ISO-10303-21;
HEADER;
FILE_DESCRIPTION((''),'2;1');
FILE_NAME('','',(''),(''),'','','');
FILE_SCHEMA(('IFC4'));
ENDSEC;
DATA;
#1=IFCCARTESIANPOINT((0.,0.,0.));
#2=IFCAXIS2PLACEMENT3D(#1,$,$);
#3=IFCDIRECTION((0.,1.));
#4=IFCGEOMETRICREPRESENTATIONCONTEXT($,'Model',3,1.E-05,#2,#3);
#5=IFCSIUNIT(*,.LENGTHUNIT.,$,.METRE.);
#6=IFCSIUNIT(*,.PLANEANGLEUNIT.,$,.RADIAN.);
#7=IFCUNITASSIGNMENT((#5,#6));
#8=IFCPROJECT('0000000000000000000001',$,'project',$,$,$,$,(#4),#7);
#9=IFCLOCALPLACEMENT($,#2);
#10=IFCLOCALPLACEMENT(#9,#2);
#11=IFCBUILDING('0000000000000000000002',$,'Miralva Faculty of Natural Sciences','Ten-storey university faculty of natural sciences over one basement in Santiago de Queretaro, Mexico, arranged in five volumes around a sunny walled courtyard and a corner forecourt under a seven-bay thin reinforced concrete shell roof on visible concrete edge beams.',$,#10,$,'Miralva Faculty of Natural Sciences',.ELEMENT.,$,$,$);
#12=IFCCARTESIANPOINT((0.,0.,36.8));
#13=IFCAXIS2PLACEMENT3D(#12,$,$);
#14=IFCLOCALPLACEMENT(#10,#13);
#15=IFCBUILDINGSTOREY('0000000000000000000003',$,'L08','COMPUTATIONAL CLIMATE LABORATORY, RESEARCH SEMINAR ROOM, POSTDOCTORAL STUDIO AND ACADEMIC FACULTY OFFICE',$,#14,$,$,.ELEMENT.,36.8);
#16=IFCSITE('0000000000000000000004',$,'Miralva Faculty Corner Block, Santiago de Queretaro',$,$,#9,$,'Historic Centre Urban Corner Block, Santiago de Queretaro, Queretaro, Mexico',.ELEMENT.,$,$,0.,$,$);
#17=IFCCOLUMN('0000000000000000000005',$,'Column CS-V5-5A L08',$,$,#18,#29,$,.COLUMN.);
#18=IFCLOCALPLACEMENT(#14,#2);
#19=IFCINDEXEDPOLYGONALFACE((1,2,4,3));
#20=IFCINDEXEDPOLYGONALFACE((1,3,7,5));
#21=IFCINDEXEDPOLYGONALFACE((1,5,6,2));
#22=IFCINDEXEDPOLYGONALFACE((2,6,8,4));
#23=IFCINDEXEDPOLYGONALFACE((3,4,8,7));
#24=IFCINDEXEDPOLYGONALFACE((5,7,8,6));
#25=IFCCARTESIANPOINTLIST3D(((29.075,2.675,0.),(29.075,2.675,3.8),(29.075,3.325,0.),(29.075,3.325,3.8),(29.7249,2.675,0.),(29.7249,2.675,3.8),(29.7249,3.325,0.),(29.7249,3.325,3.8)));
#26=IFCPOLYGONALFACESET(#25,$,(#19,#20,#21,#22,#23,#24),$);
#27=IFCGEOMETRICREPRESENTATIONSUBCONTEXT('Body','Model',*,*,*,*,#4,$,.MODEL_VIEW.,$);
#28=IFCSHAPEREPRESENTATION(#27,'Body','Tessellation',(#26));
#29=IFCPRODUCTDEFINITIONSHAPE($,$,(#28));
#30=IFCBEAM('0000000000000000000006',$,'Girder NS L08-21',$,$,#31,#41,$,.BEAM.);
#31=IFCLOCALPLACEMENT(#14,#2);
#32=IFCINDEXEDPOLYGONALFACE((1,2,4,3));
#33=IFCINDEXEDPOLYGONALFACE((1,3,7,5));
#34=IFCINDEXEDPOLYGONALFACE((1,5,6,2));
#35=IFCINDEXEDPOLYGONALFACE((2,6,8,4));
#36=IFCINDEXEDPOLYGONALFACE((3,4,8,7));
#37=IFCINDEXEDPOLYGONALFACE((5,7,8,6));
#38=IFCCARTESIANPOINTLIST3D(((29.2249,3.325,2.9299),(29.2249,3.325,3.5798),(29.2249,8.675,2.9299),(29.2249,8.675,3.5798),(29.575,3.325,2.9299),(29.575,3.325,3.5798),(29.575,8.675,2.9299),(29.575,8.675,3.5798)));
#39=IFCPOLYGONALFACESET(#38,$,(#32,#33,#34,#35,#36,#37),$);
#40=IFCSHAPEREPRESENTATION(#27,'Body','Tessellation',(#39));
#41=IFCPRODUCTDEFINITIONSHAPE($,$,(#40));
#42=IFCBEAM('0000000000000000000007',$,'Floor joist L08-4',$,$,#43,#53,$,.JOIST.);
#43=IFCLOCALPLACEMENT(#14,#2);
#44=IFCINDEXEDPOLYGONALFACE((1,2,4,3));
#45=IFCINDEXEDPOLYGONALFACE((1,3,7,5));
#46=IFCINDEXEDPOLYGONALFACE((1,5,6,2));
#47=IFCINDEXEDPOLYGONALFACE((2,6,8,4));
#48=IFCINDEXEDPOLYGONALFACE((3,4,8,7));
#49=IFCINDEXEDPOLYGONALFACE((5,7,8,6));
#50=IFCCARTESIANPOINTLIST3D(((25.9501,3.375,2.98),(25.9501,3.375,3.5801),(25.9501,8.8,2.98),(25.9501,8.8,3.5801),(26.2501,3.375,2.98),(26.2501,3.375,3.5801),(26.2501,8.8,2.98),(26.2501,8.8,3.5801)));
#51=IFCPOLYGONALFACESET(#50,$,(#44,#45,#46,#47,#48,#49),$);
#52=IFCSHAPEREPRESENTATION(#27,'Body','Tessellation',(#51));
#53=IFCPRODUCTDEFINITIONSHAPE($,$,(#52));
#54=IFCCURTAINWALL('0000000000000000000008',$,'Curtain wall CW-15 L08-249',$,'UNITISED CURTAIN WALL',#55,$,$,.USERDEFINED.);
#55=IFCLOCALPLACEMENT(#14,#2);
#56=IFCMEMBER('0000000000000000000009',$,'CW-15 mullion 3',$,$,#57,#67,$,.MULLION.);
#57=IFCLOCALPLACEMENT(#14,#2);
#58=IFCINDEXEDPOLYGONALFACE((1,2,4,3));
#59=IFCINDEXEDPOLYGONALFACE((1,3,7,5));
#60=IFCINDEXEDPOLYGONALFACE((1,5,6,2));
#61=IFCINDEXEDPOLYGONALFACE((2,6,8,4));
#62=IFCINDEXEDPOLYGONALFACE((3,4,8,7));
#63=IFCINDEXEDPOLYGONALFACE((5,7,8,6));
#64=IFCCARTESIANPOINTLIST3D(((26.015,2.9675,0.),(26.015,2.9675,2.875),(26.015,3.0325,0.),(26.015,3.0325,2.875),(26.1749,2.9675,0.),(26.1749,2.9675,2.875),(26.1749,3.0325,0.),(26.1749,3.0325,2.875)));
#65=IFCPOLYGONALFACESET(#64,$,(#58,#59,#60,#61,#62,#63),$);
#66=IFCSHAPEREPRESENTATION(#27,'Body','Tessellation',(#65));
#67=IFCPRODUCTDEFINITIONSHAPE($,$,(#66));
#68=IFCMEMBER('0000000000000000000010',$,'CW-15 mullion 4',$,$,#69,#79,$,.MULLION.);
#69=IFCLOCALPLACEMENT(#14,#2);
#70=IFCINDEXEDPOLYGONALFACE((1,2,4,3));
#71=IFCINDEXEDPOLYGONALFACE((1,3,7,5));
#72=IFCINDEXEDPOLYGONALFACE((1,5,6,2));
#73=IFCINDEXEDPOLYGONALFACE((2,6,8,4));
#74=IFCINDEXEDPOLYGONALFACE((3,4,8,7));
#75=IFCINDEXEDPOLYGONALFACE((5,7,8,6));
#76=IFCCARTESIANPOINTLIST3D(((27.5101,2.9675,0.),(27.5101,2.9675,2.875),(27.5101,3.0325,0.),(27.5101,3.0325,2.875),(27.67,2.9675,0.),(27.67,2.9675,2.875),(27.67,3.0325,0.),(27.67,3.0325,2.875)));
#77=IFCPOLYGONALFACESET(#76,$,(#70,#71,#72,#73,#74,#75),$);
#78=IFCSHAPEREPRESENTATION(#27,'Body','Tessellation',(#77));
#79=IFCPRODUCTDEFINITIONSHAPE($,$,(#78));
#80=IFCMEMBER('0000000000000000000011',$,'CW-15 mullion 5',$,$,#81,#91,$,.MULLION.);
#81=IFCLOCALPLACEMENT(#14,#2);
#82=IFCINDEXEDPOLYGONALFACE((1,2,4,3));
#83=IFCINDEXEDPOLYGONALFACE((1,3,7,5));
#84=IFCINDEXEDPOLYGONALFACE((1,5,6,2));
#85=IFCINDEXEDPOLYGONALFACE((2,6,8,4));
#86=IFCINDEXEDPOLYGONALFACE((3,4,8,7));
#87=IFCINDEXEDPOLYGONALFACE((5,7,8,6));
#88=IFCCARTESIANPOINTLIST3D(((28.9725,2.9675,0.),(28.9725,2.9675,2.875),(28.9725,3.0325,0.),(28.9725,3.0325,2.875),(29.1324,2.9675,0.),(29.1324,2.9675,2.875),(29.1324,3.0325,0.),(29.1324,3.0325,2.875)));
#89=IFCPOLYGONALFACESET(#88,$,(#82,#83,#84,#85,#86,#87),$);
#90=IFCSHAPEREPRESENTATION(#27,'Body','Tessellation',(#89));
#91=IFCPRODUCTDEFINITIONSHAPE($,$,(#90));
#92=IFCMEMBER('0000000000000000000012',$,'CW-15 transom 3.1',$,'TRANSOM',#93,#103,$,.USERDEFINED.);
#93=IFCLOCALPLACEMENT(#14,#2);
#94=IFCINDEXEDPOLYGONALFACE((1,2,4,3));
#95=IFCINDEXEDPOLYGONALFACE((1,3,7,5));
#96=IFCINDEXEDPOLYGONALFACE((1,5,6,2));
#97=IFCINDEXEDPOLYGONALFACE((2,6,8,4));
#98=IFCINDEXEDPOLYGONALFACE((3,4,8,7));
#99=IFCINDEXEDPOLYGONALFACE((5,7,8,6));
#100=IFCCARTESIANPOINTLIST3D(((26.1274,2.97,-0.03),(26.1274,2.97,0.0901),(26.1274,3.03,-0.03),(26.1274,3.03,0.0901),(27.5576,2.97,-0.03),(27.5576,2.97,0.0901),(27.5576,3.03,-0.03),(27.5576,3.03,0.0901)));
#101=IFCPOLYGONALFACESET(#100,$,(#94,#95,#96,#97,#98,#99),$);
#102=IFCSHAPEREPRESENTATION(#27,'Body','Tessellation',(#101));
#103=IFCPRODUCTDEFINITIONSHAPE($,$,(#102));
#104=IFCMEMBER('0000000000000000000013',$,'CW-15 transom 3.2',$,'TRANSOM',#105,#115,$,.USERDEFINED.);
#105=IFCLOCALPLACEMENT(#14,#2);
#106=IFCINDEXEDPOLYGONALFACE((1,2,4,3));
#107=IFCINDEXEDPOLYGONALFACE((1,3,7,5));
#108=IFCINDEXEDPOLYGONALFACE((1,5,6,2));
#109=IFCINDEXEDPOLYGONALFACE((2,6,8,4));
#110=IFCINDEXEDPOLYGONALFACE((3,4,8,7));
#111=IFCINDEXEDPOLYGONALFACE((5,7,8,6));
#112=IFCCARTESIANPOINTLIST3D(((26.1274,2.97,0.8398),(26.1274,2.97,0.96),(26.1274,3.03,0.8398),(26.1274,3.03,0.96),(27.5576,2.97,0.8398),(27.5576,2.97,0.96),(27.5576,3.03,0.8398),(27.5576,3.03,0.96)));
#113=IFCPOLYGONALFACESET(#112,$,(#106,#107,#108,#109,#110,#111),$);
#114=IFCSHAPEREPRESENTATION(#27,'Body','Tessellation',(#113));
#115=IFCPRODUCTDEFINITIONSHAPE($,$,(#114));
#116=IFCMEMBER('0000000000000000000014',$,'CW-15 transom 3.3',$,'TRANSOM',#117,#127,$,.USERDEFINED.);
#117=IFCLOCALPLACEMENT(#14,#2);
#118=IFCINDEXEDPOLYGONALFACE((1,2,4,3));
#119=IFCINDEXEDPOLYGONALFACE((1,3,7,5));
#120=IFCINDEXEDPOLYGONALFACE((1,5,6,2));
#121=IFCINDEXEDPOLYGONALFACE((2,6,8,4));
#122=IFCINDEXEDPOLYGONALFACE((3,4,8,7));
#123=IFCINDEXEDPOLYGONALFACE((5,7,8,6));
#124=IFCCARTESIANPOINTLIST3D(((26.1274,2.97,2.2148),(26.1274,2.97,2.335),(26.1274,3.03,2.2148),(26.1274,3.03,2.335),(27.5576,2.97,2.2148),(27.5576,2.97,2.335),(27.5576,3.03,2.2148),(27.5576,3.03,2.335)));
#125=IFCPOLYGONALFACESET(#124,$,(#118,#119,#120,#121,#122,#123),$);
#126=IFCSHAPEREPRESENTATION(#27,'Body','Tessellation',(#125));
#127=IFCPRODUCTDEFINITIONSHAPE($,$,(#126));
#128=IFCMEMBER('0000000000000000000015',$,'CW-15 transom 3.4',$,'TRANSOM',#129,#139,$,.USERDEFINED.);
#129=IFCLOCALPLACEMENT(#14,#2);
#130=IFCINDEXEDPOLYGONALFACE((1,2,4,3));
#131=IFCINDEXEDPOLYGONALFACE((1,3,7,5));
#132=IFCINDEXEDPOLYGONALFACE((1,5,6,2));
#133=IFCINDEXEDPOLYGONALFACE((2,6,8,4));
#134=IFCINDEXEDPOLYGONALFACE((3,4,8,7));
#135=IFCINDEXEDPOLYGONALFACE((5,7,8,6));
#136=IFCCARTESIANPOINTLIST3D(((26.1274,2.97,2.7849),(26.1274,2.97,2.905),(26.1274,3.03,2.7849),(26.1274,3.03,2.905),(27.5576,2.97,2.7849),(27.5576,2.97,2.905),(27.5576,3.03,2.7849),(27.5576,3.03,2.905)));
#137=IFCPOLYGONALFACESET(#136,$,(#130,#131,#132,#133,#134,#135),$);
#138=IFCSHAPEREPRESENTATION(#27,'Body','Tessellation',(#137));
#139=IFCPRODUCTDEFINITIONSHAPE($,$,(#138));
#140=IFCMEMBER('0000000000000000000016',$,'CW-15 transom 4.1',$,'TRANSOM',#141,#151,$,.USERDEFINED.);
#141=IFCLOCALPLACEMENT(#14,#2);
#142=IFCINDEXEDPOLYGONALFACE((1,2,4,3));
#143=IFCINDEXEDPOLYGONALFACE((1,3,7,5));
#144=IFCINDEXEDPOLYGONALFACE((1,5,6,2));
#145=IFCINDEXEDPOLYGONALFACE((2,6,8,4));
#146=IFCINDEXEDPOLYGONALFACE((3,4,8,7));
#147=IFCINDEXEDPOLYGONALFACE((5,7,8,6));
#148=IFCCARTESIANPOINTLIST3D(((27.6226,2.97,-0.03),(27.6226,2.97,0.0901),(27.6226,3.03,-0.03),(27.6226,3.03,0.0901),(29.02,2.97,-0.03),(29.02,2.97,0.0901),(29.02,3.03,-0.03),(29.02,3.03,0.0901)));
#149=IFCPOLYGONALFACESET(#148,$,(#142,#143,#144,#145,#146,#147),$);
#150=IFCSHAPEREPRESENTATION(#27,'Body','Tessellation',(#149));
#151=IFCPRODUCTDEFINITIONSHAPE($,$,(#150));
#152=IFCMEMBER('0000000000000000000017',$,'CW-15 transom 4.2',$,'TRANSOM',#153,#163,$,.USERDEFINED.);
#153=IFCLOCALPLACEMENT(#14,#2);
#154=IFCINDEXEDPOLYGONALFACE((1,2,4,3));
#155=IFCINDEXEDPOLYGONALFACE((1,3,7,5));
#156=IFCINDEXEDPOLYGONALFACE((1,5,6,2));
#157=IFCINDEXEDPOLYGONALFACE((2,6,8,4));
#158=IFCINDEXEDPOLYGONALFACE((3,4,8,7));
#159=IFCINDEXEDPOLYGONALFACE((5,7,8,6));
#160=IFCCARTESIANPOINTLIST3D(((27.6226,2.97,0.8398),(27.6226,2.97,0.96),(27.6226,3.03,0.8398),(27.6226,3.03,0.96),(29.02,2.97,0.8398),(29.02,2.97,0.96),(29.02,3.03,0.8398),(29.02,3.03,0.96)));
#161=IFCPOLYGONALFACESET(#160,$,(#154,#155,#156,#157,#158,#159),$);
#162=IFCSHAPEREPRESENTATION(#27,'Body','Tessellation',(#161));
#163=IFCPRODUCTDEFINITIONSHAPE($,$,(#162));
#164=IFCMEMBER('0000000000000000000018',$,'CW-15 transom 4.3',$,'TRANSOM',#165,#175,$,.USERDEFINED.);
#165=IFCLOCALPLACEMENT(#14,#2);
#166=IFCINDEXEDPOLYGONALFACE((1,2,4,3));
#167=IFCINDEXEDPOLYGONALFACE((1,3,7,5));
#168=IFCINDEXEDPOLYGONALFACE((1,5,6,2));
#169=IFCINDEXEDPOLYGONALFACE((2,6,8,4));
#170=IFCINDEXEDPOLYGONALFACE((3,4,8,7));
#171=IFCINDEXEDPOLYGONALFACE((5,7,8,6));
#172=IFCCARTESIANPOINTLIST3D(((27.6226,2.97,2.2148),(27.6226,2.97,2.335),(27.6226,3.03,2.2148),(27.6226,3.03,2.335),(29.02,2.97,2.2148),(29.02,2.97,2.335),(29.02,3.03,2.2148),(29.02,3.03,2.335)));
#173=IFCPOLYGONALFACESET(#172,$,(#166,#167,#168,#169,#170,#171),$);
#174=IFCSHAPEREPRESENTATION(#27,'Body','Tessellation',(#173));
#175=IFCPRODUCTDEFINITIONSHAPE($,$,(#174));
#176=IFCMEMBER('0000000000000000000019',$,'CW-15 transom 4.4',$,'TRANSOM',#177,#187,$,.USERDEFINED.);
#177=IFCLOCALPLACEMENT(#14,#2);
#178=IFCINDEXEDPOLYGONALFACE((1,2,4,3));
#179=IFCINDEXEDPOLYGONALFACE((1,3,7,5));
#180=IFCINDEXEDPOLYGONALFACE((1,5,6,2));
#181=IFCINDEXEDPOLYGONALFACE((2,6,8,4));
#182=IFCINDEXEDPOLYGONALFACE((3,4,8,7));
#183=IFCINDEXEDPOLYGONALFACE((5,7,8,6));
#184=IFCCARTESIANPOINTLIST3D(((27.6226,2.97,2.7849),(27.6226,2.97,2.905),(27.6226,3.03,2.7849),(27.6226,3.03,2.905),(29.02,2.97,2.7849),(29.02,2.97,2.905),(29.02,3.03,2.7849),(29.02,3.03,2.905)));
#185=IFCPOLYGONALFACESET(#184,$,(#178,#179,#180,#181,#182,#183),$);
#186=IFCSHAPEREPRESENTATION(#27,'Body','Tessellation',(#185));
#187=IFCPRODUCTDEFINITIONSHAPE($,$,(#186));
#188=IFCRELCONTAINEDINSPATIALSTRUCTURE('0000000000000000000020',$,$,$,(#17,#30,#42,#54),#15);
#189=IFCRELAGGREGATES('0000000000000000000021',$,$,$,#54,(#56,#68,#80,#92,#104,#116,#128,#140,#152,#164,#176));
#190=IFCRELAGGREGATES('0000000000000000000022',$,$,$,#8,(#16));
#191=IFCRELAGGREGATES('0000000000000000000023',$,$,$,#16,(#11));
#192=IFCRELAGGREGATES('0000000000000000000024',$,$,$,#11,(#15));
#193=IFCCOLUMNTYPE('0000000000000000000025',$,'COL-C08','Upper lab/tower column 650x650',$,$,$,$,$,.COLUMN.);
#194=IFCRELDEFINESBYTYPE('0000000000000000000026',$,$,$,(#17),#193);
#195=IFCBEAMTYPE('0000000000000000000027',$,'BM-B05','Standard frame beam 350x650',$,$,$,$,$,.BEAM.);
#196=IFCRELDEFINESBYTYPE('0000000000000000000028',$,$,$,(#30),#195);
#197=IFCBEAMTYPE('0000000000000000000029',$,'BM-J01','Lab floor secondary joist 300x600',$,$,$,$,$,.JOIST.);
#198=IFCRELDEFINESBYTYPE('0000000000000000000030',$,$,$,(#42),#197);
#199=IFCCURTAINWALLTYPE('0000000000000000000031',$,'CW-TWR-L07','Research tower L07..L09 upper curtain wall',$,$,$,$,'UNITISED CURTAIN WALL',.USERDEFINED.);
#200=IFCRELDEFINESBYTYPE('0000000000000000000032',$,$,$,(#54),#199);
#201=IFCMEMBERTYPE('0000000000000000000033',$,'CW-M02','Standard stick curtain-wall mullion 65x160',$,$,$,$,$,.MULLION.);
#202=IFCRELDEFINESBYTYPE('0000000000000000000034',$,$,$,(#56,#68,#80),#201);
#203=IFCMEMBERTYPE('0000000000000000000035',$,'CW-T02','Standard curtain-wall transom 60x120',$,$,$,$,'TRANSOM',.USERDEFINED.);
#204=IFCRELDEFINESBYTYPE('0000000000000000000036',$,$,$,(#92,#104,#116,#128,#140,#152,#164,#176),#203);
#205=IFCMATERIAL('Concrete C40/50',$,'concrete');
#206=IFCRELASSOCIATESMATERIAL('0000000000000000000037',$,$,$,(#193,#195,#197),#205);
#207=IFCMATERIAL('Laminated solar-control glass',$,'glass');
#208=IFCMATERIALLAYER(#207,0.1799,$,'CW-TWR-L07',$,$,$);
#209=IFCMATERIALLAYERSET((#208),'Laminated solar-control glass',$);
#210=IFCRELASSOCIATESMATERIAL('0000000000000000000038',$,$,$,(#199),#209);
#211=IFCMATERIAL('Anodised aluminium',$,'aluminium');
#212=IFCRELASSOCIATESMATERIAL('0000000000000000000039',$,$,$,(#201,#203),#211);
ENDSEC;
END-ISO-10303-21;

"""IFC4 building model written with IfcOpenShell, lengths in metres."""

from ifc_helpers import new_model, si_unit, direction, frame, origin, origin_2d, place, context, subcontext, project, spatial, rectangle, extrude, material, layer, layer_set, material_profile, profile_set, type_object, element, aggregate, save


model = new_model("IFC4")

# Units and contexts
model_context = context("Model", 3, precision=1e-05, world=origin(), true_north=direction((0.0, 1.0)))
body_context = subcontext(model_context, "Body", "Model", "MODEL_VIEW")
ifc_project = project(units=[si_unit("LENGTHUNIT", "METRE"), si_unit("PLANEANGLEUNIT", "RADIAN")], contexts=[model_context])

# Site, building, storey
site_placement = place(None, origin())
site = spatial("IfcSite", under=ifc_project, at=site_placement, Name="Miralva Faculty Corner Block, Santiago de Queretaro", LongName="Historic Centre Urban Corner Block, Santiago de Queretaro, Queretaro, Mexico", CompositionType="ELEMENT", RefElevation=0.0)
building_placement = place(site_placement, origin())
building = spatial("IfcBuilding", under=site, at=building_placement, Name="Miralva Faculty of Natural Sciences", Description="Ten-storey university faculty of natural sciences over one basement in Santiago de Queretaro, Mexico, arranged in five volumes around a sunny walled courtyard and a corner forecourt under a seven-bay thin reinforced concrete shell roof on visible concrete edge beams.", LongName="Miralva Faculty of Natural Sciences", CompositionType="ELEMENT")
storey_placement = place(building_placement, frame((0.0, 0.0, 36.8)))
storey = spatial("IfcBuildingStorey", under=building, at=storey_placement, Name="L08", Description="COMPUTATIONAL CLIMATE LABORATORY, RESEARCH SEMINAR ROOM, POSTDOCTORAL STUDIO AND ACADEMIC FACULTY OFFICE", CompositionType="ELEMENT", Elevation=36.8)

# Column
ifc_material_1 = material(Name="Concrete C40/50", Category="concrete")
ifc_material_profile_1 = material_profile(ifc_material_1, rectangle(XDim=0.6499, YDim=0.6499, at=origin_2d()), Name="RC 650x650")
ifc_profile_set_1 = profile_set([ifc_material_profile_1], Name="Concrete C40/50")
column_type = type_object("IfcColumnType", Name="COL-C08", Description="Upper lab/tower column 650x650", PredefinedType="COLUMN", material=ifc_profile_set_1)
column_placement = place(storey_placement, frame((29.3999, 3.0, 0.0), z_axis=(0.0, 0.0, 1.0), x_axis=(1.0, 0.0, 0.0)))
element("IfcColumn", 1, at=column_placement, inside=storey, type_object=column_type, Name="Column CS-V5-5A L08", PredefinedType="COLUMN", context=body_context, shape_type="SweptSolid", body=[
    extrude(rectangle(XDim=0.6499, YDim=0.6499, at=origin_2d()), origin(), (0.0, 0.0, 1.0), 3.8),
])

# Beams
ifc_material_profile_2 = material_profile(ifc_material_1, rectangle(XDim=0.3501, YDim=0.6499, at=origin_2d()), Name="RC 350x650")
ifc_profile_set_2 = profile_set([ifc_material_profile_2], Name="Concrete C40/50")
beam_type_1 = type_object("IfcBeamType", Name="BM-B05", Description="Standard frame beam 350x650", PredefinedType="BEAM", material=ifc_profile_set_2)
beam_1_placement = place(storey_placement, frame((29.3999, 3.325, 3.2549), z_axis=(0.0, 1.0, 0.0), x_axis=(-1.0, 0.0, 0.0)))
element("IfcBeam", 2, at=beam_1_placement, inside=storey, type_object=beam_type_1, Name="Girder NS L08-21", PredefinedType="BEAM", context=body_context, shape_type="SweptSolid", body=[
    extrude(rectangle(XDim=0.3501, YDim=0.6499, at=origin_2d()), origin(), (0.0, 0.0, 1.0), 5.3501),
])
ifc_material_profile_3 = material_profile(ifc_material_1, rectangle(XDim=0.3, YDim=0.6001, at=origin_2d()), Name="RC 300x600")
ifc_profile_set_3 = profile_set([ifc_material_profile_3], Name="Concrete C40/50")
beam_type_2 = type_object("IfcBeamType", Name="BM-J01", Description="Lab floor secondary joist 300x600", PredefinedType="JOIST", material=ifc_profile_set_3)
beam_2_placement = place(storey_placement, frame((26.1001, 3.375, 3.28), z_axis=(0.0, 1.0, 0.0), x_axis=(-1.0, 0.0, 0.0)))
element("IfcBeam", 3, at=beam_2_placement, inside=storey, type_object=beam_type_2, Name="Floor joist L08-4", PredefinedType="JOIST", context=body_context, shape_type="SweptSolid", body=[
    extrude(rectangle(XDim=0.3, YDim=0.6001, at=origin_2d()), origin(), (0.0, 0.0, 1.0), 5.425),
])

# Curtain wall, members
ifc_material_2 = material(Name="Laminated solar-control glass", Category="glass")
ifc_layer_1 = layer(ifc_material_2, 0.1799, Name="CW-TWR-L07")
ifc_layer_set_1 = layer_set([ifc_layer_1], Name="Laminated solar-control glass")
curtain_wall_type = type_object("IfcCurtainWallType", Name="CW-TWR-L07", Description="Research tower L07..L09 upper curtain wall", ElementType="UNITISED CURTAIN WALL", PredefinedType="USERDEFINED", material=ifc_layer_set_1)
curtain_wall_placement = place(storey_placement, origin())
curtain_wall = element("IfcCurtainWall", 4, at=curtain_wall_placement, inside=storey, type_object=curtain_wall_type, Name="Curtain wall CW-15 L08-249", ObjectType="UNITISED CURTAIN WALL", PredefinedType="USERDEFINED")
ifc_material_3 = material(Name="Anodised aluminium", Category="aluminium")
ifc_material_profile_4 = material_profile(ifc_material_3, rectangle(XDim=0.0649, YDim=0.1599, at=origin_2d()), Name="MULLION 65x160")
ifc_profile_set_4 = profile_set([ifc_material_profile_4], Name="Anodised aluminium")
member_type_1 = type_object("IfcMemberType", Name="CW-M02", Description="Standard stick curtain-wall mullion 65x160", PredefinedType="MULLION", material=ifc_profile_set_4)
member_1_placement = place(storey_placement, frame((26.095, 3.0, 0.0), z_axis=(0.0, 0.0, 1.0), x_axis=(0.0, 1.0, 0.0)))
member_1 = element("IfcMember", 5, at=member_1_placement, type_object=member_type_1, Name="CW-15 mullion 3", PredefinedType="MULLION", context=body_context, shape_type="SweptSolid", body=[
    extrude(rectangle(XDim=0.0649, YDim=0.1599, at=origin_2d()), origin(), (0.0, 0.0, 1.0), 2.875),
])
member_2_placement = place(storey_placement, frame((27.5901, 3.0, 0.0), z_axis=(0.0, 0.0, 1.0), x_axis=(0.0, 1.0, 0.0)))
member_2 = element("IfcMember", 6, at=member_2_placement, type_object=member_type_1, Name="CW-15 mullion 4", PredefinedType="MULLION", context=body_context, shape_type="SweptSolid", body=[
    extrude(rectangle(XDim=0.0649, YDim=0.1599, at=origin_2d()), origin(), (0.0, 0.0, 1.0), 2.875),
])
member_3_placement = place(storey_placement, frame((29.0525, 3.0, 0.0), z_axis=(0.0, 0.0, 1.0), x_axis=(0.0, 1.0, 0.0)))
member_3 = element("IfcMember", 7, at=member_3_placement, type_object=member_type_1, Name="CW-15 mullion 5", PredefinedType="MULLION", context=body_context, shape_type="SweptSolid", body=[
    extrude(rectangle(XDim=0.0649, YDim=0.1599, at=origin_2d()), origin(), (0.0, 0.0, 1.0), 2.875),
])
ifc_material_profile_5 = material_profile(ifc_material_3, rectangle(XDim=0.0601, YDim=0.1201, at=origin_2d()), Name="TRANSOM 60x120")
ifc_profile_set_5 = profile_set([ifc_material_profile_5], Name="Anodised aluminium")
member_type_2 = type_object("IfcMemberType", Name="CW-T02", Description="Standard curtain-wall transom 60x120", ElementType="TRANSOM", PredefinedType="USERDEFINED", material=ifc_profile_set_5)
member_4_placement = place(storey_placement, frame((26.1274, 3.0, 0.03), z_axis=(1.0, 0.0, 0.0), x_axis=(0.0, 1.0, 0.0)))
member_4 = element("IfcMember", 8, at=member_4_placement, type_object=member_type_2, Name="CW-15 transom 3.1", ObjectType="TRANSOM", PredefinedType="USERDEFINED", context=body_context, shape_type="SweptSolid", body=[
    extrude(rectangle(XDim=0.0601, YDim=0.1201, at=origin_2d()), origin(), (0.0, 0.0, 1.0), 1.4302),
])
member_5_placement = place(storey_placement, frame((26.1274, 3.0, 0.8999), z_axis=(1.0, 0.0, 0.0), x_axis=(0.0, 1.0, 0.0)))
member_5 = element("IfcMember", 9, at=member_5_placement, type_object=member_type_2, Name="CW-15 transom 3.2", ObjectType="TRANSOM", PredefinedType="USERDEFINED", context=body_context, shape_type="SweptSolid", body=[
    extrude(rectangle(XDim=0.0601, YDim=0.1201, at=origin_2d()), origin(), (0.0, 0.0, 1.0), 1.4302),
])
member_6_placement = place(storey_placement, frame((26.1274, 3.0, 2.2749), z_axis=(1.0, 0.0, 0.0), x_axis=(0.0, 1.0, 0.0)))
member_6 = element("IfcMember", 10, at=member_6_placement, type_object=member_type_2, Name="CW-15 transom 3.3", ObjectType="TRANSOM", PredefinedType="USERDEFINED", context=body_context, shape_type="SweptSolid", body=[
    extrude(rectangle(XDim=0.0601, YDim=0.1201, at=origin_2d()), origin(), (0.0, 0.0, 1.0), 1.4302),
])
member_7_placement = place(storey_placement, frame((26.1274, 3.0, 2.845), z_axis=(1.0, 0.0, 0.0), x_axis=(0.0, 1.0, 0.0)))
member_7 = element("IfcMember", 11, at=member_7_placement, type_object=member_type_2, Name="CW-15 transom 3.4", ObjectType="TRANSOM", PredefinedType="USERDEFINED", context=body_context, shape_type="SweptSolid", body=[
    extrude(rectangle(XDim=0.0601, YDim=0.1201, at=origin_2d()), origin(), (0.0, 0.0, 1.0), 1.4302),
])
member_8_placement = place(storey_placement, frame((27.6226, 3.0, 0.03), z_axis=(1.0, 0.0, 0.0), x_axis=(0.0, 1.0, 0.0)))
member_8 = element("IfcMember", 12, at=member_8_placement, type_object=member_type_2, Name="CW-15 transom 4.1", ObjectType="TRANSOM", PredefinedType="USERDEFINED", context=body_context, shape_type="SweptSolid", body=[
    extrude(rectangle(XDim=0.0601, YDim=0.1201, at=origin_2d()), origin(), (0.0, 0.0, 1.0), 1.3975),
])
member_9_placement = place(storey_placement, frame((27.6226, 3.0, 0.8999), z_axis=(1.0, 0.0, 0.0), x_axis=(0.0, 1.0, 0.0)))
member_9 = element("IfcMember", 13, at=member_9_placement, type_object=member_type_2, Name="CW-15 transom 4.2", ObjectType="TRANSOM", PredefinedType="USERDEFINED", context=body_context, shape_type="SweptSolid", body=[
    extrude(rectangle(XDim=0.0601, YDim=0.1201, at=origin_2d()), origin(), (0.0, 0.0, 1.0), 1.3975),
])
member_10_placement = place(storey_placement, frame((27.6226, 3.0, 2.2749), z_axis=(1.0, 0.0, 0.0), x_axis=(0.0, 1.0, 0.0)))
member_10 = element("IfcMember", 14, at=member_10_placement, type_object=member_type_2, Name="CW-15 transom 4.3", ObjectType="TRANSOM", PredefinedType="USERDEFINED", context=body_context, shape_type="SweptSolid", body=[
    extrude(rectangle(XDim=0.0601, YDim=0.1201, at=origin_2d()), origin(), (0.0, 0.0, 1.0), 1.3975),
])
member_11_placement = place(storey_placement, frame((27.6226, 3.0, 2.845), z_axis=(1.0, 0.0, 0.0), x_axis=(0.0, 1.0, 0.0)))
member_11 = element("IfcMember", 15, at=member_11_placement, type_object=member_type_2, Name="CW-15 transom 4.4", ObjectType="TRANSOM", PredefinedType="USERDEFINED", context=body_context, shape_type="SweptSolid", body=[
    extrude(rectangle(XDim=0.0601, YDim=0.1201, at=origin_2d()), origin(), (0.0, 0.0, 1.0), 1.3975),
])
aggregate(curtain_wall, [member_1, member_2, member_3, member_4, member_5, member_6, member_7, member_8, member_9, member_10, member_11])

save(model, "model.ifc")
